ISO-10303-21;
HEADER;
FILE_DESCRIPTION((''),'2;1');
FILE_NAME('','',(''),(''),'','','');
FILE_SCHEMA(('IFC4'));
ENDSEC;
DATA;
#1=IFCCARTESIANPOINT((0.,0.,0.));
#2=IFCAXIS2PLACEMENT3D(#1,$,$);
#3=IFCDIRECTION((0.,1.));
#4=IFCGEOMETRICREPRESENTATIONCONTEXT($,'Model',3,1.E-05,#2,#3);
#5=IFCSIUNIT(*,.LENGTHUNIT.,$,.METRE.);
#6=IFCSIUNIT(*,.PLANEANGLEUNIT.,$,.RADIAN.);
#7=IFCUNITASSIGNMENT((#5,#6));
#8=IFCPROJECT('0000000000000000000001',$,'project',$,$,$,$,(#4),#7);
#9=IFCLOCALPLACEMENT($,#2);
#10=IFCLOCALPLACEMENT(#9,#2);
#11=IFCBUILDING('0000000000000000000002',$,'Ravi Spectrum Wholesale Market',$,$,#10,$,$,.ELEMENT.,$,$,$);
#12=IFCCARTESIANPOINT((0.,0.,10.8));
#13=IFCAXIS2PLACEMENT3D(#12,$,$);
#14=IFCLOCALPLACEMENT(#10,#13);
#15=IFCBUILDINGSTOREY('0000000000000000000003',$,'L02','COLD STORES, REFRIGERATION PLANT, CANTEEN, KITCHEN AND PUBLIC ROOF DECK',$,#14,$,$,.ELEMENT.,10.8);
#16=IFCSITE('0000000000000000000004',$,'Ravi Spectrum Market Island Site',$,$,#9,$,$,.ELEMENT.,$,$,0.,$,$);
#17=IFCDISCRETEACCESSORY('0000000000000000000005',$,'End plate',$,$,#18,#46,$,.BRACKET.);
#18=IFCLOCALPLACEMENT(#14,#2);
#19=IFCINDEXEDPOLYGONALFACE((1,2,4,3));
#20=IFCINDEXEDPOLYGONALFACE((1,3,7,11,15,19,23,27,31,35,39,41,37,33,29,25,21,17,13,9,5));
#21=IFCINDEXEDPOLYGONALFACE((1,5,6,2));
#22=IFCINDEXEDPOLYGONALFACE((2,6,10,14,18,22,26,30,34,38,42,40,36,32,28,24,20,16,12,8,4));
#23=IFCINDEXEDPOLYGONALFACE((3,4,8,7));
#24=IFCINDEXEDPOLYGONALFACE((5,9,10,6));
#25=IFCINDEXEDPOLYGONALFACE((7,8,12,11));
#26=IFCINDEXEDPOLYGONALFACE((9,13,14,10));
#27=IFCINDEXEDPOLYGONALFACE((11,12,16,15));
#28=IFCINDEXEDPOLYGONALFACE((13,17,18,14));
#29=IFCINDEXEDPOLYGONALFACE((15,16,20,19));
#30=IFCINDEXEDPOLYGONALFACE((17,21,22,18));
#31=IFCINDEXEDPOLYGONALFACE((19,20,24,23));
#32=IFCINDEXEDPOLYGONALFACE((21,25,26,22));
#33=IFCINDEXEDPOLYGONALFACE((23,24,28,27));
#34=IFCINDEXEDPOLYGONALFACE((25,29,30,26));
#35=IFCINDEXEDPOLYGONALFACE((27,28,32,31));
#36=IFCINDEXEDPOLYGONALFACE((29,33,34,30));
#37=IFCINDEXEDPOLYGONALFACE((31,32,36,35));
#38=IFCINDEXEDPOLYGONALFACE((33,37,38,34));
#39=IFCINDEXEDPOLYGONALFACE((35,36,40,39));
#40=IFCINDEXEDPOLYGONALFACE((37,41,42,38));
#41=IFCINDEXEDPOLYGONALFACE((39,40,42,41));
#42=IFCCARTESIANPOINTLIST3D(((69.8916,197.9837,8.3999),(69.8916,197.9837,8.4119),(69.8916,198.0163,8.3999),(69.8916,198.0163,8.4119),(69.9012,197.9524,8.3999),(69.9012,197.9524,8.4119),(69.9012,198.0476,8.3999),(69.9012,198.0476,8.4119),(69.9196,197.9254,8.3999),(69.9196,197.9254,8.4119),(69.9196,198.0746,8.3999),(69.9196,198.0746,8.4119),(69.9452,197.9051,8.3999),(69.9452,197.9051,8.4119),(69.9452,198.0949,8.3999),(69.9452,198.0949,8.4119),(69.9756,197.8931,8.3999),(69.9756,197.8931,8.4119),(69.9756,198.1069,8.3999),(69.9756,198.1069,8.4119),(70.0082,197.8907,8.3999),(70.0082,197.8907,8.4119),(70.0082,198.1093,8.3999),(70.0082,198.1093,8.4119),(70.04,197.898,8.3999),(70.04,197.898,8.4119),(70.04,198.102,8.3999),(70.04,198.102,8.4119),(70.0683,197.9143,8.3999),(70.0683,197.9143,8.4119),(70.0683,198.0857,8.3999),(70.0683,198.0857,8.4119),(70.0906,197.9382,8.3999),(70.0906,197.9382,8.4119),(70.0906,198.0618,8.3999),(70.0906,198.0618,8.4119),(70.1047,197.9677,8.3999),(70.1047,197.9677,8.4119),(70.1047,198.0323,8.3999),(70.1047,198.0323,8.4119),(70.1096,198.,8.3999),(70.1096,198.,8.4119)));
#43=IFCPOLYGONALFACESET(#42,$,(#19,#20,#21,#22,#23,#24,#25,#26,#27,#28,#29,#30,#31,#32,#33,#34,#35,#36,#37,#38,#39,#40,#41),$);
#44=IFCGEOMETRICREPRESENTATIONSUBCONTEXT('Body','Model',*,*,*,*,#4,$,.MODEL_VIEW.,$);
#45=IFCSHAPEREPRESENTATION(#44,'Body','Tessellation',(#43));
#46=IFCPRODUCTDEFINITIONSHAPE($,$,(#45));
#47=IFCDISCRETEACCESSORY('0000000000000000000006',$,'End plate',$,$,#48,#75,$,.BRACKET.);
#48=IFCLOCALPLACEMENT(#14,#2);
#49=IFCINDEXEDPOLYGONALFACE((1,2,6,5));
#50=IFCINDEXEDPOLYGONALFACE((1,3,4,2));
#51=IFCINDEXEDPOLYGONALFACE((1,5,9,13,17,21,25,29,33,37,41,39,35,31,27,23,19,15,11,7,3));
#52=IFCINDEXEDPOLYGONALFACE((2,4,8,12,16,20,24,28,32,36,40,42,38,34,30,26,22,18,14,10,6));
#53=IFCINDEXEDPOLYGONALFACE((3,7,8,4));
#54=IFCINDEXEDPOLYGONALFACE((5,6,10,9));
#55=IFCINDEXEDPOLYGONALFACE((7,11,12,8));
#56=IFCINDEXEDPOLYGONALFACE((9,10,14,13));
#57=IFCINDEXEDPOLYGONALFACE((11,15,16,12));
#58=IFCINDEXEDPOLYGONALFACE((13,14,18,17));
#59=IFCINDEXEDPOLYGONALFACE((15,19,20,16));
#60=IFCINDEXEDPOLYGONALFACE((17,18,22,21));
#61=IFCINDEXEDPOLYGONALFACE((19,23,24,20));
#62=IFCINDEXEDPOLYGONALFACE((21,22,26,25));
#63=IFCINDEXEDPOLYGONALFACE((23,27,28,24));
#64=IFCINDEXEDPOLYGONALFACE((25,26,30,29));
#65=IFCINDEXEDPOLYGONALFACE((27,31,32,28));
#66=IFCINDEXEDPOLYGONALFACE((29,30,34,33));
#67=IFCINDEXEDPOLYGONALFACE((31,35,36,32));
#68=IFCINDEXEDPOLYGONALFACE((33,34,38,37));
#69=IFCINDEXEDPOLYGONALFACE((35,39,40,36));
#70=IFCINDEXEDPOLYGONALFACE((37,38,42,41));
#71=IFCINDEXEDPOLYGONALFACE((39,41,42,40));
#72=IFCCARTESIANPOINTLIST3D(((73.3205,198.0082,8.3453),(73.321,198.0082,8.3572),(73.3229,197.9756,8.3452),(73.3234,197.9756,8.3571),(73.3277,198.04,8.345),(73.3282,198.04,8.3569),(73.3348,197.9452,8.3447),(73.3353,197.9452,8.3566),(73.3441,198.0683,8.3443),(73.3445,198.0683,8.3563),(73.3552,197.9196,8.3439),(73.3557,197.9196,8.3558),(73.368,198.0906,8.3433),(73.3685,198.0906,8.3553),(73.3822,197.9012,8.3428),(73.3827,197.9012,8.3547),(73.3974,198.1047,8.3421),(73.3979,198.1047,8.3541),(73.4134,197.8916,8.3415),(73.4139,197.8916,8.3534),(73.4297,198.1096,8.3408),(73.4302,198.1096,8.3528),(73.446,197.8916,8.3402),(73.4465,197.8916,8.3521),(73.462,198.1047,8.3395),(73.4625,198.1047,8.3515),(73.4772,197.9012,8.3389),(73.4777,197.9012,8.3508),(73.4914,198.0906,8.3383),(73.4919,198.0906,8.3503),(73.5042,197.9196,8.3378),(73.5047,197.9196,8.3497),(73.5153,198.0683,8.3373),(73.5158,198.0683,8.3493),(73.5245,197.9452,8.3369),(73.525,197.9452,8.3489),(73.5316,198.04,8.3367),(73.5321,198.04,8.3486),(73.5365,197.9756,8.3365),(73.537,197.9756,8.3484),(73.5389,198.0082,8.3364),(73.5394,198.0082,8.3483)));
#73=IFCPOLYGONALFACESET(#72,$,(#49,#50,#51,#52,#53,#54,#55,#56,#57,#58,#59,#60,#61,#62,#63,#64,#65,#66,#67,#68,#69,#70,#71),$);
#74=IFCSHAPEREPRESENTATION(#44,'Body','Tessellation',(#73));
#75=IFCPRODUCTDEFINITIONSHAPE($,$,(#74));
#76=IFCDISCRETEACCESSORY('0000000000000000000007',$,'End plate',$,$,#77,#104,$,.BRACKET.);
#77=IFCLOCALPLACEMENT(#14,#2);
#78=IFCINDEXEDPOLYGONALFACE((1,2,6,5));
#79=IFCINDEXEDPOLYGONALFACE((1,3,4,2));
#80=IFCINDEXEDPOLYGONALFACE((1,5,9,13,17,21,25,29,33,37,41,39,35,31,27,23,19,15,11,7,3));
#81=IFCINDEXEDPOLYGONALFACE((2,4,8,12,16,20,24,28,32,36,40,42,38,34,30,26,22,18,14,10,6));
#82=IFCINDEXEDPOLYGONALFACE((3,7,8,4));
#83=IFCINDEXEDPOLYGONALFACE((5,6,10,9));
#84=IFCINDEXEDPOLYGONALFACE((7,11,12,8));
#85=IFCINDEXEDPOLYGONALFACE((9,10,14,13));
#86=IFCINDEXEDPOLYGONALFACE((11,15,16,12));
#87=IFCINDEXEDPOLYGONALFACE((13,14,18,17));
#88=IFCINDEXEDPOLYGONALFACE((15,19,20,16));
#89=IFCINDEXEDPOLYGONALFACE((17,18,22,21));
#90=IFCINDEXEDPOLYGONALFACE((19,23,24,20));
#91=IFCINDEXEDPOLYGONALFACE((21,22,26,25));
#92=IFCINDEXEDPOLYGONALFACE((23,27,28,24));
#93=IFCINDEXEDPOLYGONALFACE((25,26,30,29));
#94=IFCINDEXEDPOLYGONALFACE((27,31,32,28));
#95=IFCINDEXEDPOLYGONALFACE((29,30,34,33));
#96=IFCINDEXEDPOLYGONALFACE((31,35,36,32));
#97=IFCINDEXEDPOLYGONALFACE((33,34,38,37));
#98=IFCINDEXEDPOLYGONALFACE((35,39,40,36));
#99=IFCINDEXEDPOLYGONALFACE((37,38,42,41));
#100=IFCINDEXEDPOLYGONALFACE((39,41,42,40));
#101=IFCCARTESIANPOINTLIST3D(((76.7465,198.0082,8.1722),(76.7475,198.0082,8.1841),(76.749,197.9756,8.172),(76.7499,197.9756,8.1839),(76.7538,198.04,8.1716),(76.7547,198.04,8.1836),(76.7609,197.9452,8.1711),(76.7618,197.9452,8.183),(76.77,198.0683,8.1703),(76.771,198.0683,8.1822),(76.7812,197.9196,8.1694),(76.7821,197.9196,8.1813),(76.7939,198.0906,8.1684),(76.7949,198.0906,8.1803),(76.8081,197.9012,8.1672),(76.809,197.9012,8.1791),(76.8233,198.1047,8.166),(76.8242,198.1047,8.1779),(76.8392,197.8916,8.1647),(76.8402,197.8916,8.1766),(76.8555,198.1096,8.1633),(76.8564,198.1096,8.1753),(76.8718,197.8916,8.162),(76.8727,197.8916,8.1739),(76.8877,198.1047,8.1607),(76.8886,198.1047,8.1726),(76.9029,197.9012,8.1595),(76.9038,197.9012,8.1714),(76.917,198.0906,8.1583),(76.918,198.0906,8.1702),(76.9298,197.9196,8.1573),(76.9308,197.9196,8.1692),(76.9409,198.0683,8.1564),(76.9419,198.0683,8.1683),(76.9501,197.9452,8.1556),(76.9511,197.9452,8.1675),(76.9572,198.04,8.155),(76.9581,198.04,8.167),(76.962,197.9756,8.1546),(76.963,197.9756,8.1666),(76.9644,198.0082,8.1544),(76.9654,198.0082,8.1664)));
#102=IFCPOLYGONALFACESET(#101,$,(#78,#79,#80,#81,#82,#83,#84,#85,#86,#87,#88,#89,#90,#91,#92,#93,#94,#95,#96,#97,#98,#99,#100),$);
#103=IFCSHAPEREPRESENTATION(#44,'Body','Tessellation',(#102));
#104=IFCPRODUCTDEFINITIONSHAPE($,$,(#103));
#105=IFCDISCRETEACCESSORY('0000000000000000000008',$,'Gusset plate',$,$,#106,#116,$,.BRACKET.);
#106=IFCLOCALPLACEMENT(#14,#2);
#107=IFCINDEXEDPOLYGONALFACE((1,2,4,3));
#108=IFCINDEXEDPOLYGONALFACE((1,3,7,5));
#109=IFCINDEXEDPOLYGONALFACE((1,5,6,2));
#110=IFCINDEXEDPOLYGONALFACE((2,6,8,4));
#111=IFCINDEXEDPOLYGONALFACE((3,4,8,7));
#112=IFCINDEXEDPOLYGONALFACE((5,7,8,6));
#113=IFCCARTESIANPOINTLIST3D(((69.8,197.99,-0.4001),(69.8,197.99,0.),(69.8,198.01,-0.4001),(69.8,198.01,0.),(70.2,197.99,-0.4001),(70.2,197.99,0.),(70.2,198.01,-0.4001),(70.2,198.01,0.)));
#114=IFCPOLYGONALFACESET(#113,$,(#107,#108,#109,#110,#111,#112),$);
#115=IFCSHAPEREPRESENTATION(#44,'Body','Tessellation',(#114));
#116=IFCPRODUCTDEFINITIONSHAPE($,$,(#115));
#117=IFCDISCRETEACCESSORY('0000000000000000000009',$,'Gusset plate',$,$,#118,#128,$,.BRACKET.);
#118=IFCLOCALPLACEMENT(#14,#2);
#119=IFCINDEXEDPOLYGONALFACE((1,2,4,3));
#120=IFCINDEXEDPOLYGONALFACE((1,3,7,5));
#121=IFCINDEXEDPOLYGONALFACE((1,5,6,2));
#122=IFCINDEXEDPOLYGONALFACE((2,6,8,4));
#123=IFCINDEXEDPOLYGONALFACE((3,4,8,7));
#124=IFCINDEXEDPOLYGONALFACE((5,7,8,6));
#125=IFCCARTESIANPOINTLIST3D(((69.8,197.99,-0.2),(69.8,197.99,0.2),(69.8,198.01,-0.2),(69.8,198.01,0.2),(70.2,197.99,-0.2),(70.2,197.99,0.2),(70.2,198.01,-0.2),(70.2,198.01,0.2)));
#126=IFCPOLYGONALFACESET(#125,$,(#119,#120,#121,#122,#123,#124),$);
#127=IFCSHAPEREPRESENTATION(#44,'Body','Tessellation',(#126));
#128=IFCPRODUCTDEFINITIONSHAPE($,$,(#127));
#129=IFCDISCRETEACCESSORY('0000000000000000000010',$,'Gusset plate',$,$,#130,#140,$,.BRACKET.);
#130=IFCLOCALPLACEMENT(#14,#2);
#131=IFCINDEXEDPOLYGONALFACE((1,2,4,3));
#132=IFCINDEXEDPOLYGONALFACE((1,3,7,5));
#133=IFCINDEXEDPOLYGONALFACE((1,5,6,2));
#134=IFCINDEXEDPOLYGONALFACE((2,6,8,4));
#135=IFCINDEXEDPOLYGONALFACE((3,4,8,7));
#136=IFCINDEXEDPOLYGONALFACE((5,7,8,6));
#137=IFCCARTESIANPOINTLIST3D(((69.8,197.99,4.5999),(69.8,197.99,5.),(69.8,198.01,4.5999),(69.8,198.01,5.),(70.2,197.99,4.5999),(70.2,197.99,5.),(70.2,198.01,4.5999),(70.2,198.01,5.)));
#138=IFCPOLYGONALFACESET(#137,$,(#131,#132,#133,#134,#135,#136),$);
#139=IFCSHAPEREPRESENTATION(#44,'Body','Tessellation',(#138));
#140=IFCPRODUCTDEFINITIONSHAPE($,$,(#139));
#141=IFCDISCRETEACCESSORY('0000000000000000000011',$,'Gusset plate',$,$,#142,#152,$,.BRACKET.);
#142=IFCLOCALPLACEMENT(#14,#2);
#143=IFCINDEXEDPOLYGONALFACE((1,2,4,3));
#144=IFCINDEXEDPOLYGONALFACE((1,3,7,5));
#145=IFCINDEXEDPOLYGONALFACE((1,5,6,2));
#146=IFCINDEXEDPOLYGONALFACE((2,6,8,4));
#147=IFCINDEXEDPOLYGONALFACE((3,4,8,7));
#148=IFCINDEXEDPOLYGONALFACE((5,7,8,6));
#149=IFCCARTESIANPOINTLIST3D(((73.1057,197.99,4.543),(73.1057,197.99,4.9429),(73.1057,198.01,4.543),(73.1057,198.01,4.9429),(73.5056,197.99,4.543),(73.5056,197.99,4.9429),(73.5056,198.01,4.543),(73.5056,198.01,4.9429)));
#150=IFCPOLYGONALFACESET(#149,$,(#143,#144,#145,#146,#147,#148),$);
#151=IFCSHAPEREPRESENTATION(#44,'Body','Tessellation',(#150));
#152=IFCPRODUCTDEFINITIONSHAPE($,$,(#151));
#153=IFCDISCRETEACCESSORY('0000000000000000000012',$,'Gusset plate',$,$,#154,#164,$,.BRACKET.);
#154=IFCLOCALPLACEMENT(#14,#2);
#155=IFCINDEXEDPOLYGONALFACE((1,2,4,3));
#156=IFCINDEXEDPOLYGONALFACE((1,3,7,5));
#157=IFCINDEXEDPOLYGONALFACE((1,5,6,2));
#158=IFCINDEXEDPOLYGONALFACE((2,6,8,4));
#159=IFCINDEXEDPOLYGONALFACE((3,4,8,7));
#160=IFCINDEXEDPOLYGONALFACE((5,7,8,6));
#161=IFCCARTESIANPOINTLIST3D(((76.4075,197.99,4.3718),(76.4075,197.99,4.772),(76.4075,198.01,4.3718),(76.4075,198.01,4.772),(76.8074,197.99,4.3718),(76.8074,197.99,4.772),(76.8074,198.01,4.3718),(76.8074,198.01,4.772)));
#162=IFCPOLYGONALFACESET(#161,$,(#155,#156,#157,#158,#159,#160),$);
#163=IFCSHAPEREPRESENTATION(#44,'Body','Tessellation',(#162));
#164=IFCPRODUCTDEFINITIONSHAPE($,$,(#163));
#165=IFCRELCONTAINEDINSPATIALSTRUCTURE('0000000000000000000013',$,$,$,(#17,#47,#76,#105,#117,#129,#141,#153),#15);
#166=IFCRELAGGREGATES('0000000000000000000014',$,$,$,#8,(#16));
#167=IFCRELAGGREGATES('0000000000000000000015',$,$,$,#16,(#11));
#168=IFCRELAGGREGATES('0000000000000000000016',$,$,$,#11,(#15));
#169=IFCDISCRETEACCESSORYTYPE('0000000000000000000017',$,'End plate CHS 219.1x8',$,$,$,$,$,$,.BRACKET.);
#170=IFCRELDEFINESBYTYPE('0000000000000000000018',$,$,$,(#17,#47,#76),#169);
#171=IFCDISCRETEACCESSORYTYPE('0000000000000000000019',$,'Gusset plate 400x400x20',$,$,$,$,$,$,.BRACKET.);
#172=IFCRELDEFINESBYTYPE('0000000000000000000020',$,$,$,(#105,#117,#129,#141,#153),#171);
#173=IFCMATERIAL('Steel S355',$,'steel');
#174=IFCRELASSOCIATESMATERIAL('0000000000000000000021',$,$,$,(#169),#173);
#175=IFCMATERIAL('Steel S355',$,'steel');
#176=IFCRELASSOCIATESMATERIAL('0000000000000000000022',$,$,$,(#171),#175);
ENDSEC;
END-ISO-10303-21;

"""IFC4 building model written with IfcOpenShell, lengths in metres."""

from ifc_helpers import new_model, si_unit, direction, frame, origin, origin_2d, place, context, subcontext, project, spatial, rectangle, circle, extrude, material, material_profile, profile_set, type_object, element, save


model = new_model("IFC4")

# Units and contexts
model_context = context("Model", 3, precision=1e-05, world=origin(), true_north=direction((0.0, 1.0)))
body_context = subcontext(model_context, "Body", "Model", "MODEL_VIEW")
ifc_project = project(units=[si_unit("LENGTHUNIT", "METRE"), si_unit("PLANEANGLEUNIT", "RADIAN")], contexts=[model_context])

# Site, building, storey
site_placement = place(None, origin())
site = spatial("IfcSite", under=ifc_project, at=site_placement, Name="Ravi Spectrum Market Island Site", CompositionType="ELEMENT", RefElevation=0.0)
building_placement = place(site_placement, origin())
building = spatial("IfcBuilding", under=site, at=building_placement, Name="Ravi Spectrum Wholesale Market", CompositionType="ELEMENT")
storey_placement = place(building_placement, frame((0.0, 0.0, 10.8)))
storey = spatial("IfcBuildingStorey", under=building, at=storey_placement, Name="L02", Description="COLD STORES, REFRIGERATION PLANT, CANTEEN, KITCHEN AND PUBLIC ROOF DECK", CompositionType="ELEMENT", Elevation=10.8)

# Discrete accessories
ifc_material_1 = material(Name="Steel S355", Category="steel")
ifc_material_profile_1 = material_profile(ifc_material_1, circle(Radius=0.1096, at=origin_2d()))
ifc_profile_set_1 = profile_set([ifc_material_profile_1], Name="Steel S355")
discrete_accessory_type_1 = type_object("IfcDiscreteAccessoryType", Name="End plate CHS 219.1x8", PredefinedType="BRACKET", material=ifc_profile_set_1)
for number, where, z_axis, x_axis, name in (
    (1, (70.0, 198.0, 8.3999), (0.0, 0.0, 1.0), (1.0, 0.0, 0.0), "End plate"),
    (2, (73.4297, 198.0, 8.3408), (0.040782, 0.0, 0.999168), (0.0, 1.0, 0.0), "End plate"),
    (3, (76.8555, 198.0, 8.1633), (0.081362, 0.0, 0.996685), (0.0, 1.0, 0.0), "End plate"),
):
    element("IfcDiscreteAccessory", number, at=place(storey_placement, frame(where, z_axis=z_axis, x_axis=x_axis)), inside=storey, type_object=discrete_accessory_type_1, Name=name, PredefinedType="BRACKET", context=body_context, shape_type="SweptSolid", body=[
        extrude(circle(Radius=0.1096, at=origin_2d()), origin(), (0.0, 0.0, 1.0), 0.012),
    ])
ifc_material_2 = material(Name="Steel S355", Category="steel")
ifc_material_profile_2 = material_profile(ifc_material_2, rectangle(XDim=0.3999, YDim=0.02, at=origin_2d()))
ifc_profile_set_2 = profile_set([ifc_material_profile_2], Name="Steel S355")
discrete_accessory_type_2 = type_object("IfcDiscreteAccessoryType", Name="Gusset plate 400x400x20", PredefinedType="BRACKET", material=ifc_profile_set_2)
discrete_accessory_1_placement = place(storey_placement, frame((70.0, 198.0, -0.4001), z_axis=(0.0, 0.0, 1.0), x_axis=(1.0, 0.0, 0.0)))
element("IfcDiscreteAccessory", 4, at=discrete_accessory_1_placement, inside=storey, type_object=discrete_accessory_type_2, Name="Gusset plate", PredefinedType="BRACKET", context=body_context, shape_type="SweptSolid", body=[
    extrude(rectangle(XDim=0.3999, YDim=0.02, at=origin_2d()), origin(), (0.0, 0.0, 1.0), 0.4001),
])
discrete_accessory_2_placement = place(storey_placement, frame((70.0, 198.0, -0.2), z_axis=(0.0, 0.0, 1.0), x_axis=(1.0, 0.0, 0.0)))
element("IfcDiscreteAccessory", 5, at=discrete_accessory_2_placement, inside=storey, type_object=discrete_accessory_type_2, Name="Gusset plate", PredefinedType="BRACKET", context=body_context, shape_type="SweptSolid", body=[
    extrude(rectangle(XDim=0.3999, YDim=0.02, at=origin_2d()), origin(), (0.0, 0.0, 1.0), 0.3999),
])
discrete_accessory_3_placement = place(storey_placement, frame((70.0, 198.0, 4.5999), z_axis=(0.0, 0.0, 1.0), x_axis=(1.0, 0.0, 0.0)))
element("IfcDiscreteAccessory", 6, at=discrete_accessory_3_placement, inside=storey, type_object=discrete_accessory_type_2, Name="Gusset plate", PredefinedType="BRACKET", context=body_context, shape_type="SweptSolid", body=[
    extrude(rectangle(XDim=0.3999, YDim=0.02, at=origin_2d()), origin(), (0.0, 0.0, 1.0), 0.4001),
])
discrete_accessory_4_placement = place(storey_placement, frame((73.3057, 198.0, 4.543), z_axis=(0.0, 0.0, 1.0), x_axis=(-1.0, 0.0, 0.0)))
element("IfcDiscreteAccessory", 7, at=discrete_accessory_4_placement, inside=storey, type_object=discrete_accessory_type_2, Name="Gusset plate", PredefinedType="BRACKET", context=body_context, shape_type="SweptSolid", body=[
    extrude(rectangle(XDim=0.3999, YDim=0.02, at=origin_2d()), origin(), (0.0, 0.0, 1.0), 0.3999),
])
discrete_accessory_5_placement = place(storey_placement, frame((76.6074, 198.0, 4.3718), z_axis=(0.0, 0.0, 1.0), x_axis=(-1.0, 0.0, 0.0)))
element("IfcDiscreteAccessory", 8, at=discrete_accessory_5_placement, inside=storey, type_object=discrete_accessory_type_2, Name="Gusset plate", PredefinedType="BRACKET", context=body_context, shape_type="SweptSolid", body=[
    extrude(rectangle(XDim=0.3999, YDim=0.02, at=origin_2d()), origin(), (0.0, 0.0, 1.0), 0.4001),
])

save(model, "model.ifc")
